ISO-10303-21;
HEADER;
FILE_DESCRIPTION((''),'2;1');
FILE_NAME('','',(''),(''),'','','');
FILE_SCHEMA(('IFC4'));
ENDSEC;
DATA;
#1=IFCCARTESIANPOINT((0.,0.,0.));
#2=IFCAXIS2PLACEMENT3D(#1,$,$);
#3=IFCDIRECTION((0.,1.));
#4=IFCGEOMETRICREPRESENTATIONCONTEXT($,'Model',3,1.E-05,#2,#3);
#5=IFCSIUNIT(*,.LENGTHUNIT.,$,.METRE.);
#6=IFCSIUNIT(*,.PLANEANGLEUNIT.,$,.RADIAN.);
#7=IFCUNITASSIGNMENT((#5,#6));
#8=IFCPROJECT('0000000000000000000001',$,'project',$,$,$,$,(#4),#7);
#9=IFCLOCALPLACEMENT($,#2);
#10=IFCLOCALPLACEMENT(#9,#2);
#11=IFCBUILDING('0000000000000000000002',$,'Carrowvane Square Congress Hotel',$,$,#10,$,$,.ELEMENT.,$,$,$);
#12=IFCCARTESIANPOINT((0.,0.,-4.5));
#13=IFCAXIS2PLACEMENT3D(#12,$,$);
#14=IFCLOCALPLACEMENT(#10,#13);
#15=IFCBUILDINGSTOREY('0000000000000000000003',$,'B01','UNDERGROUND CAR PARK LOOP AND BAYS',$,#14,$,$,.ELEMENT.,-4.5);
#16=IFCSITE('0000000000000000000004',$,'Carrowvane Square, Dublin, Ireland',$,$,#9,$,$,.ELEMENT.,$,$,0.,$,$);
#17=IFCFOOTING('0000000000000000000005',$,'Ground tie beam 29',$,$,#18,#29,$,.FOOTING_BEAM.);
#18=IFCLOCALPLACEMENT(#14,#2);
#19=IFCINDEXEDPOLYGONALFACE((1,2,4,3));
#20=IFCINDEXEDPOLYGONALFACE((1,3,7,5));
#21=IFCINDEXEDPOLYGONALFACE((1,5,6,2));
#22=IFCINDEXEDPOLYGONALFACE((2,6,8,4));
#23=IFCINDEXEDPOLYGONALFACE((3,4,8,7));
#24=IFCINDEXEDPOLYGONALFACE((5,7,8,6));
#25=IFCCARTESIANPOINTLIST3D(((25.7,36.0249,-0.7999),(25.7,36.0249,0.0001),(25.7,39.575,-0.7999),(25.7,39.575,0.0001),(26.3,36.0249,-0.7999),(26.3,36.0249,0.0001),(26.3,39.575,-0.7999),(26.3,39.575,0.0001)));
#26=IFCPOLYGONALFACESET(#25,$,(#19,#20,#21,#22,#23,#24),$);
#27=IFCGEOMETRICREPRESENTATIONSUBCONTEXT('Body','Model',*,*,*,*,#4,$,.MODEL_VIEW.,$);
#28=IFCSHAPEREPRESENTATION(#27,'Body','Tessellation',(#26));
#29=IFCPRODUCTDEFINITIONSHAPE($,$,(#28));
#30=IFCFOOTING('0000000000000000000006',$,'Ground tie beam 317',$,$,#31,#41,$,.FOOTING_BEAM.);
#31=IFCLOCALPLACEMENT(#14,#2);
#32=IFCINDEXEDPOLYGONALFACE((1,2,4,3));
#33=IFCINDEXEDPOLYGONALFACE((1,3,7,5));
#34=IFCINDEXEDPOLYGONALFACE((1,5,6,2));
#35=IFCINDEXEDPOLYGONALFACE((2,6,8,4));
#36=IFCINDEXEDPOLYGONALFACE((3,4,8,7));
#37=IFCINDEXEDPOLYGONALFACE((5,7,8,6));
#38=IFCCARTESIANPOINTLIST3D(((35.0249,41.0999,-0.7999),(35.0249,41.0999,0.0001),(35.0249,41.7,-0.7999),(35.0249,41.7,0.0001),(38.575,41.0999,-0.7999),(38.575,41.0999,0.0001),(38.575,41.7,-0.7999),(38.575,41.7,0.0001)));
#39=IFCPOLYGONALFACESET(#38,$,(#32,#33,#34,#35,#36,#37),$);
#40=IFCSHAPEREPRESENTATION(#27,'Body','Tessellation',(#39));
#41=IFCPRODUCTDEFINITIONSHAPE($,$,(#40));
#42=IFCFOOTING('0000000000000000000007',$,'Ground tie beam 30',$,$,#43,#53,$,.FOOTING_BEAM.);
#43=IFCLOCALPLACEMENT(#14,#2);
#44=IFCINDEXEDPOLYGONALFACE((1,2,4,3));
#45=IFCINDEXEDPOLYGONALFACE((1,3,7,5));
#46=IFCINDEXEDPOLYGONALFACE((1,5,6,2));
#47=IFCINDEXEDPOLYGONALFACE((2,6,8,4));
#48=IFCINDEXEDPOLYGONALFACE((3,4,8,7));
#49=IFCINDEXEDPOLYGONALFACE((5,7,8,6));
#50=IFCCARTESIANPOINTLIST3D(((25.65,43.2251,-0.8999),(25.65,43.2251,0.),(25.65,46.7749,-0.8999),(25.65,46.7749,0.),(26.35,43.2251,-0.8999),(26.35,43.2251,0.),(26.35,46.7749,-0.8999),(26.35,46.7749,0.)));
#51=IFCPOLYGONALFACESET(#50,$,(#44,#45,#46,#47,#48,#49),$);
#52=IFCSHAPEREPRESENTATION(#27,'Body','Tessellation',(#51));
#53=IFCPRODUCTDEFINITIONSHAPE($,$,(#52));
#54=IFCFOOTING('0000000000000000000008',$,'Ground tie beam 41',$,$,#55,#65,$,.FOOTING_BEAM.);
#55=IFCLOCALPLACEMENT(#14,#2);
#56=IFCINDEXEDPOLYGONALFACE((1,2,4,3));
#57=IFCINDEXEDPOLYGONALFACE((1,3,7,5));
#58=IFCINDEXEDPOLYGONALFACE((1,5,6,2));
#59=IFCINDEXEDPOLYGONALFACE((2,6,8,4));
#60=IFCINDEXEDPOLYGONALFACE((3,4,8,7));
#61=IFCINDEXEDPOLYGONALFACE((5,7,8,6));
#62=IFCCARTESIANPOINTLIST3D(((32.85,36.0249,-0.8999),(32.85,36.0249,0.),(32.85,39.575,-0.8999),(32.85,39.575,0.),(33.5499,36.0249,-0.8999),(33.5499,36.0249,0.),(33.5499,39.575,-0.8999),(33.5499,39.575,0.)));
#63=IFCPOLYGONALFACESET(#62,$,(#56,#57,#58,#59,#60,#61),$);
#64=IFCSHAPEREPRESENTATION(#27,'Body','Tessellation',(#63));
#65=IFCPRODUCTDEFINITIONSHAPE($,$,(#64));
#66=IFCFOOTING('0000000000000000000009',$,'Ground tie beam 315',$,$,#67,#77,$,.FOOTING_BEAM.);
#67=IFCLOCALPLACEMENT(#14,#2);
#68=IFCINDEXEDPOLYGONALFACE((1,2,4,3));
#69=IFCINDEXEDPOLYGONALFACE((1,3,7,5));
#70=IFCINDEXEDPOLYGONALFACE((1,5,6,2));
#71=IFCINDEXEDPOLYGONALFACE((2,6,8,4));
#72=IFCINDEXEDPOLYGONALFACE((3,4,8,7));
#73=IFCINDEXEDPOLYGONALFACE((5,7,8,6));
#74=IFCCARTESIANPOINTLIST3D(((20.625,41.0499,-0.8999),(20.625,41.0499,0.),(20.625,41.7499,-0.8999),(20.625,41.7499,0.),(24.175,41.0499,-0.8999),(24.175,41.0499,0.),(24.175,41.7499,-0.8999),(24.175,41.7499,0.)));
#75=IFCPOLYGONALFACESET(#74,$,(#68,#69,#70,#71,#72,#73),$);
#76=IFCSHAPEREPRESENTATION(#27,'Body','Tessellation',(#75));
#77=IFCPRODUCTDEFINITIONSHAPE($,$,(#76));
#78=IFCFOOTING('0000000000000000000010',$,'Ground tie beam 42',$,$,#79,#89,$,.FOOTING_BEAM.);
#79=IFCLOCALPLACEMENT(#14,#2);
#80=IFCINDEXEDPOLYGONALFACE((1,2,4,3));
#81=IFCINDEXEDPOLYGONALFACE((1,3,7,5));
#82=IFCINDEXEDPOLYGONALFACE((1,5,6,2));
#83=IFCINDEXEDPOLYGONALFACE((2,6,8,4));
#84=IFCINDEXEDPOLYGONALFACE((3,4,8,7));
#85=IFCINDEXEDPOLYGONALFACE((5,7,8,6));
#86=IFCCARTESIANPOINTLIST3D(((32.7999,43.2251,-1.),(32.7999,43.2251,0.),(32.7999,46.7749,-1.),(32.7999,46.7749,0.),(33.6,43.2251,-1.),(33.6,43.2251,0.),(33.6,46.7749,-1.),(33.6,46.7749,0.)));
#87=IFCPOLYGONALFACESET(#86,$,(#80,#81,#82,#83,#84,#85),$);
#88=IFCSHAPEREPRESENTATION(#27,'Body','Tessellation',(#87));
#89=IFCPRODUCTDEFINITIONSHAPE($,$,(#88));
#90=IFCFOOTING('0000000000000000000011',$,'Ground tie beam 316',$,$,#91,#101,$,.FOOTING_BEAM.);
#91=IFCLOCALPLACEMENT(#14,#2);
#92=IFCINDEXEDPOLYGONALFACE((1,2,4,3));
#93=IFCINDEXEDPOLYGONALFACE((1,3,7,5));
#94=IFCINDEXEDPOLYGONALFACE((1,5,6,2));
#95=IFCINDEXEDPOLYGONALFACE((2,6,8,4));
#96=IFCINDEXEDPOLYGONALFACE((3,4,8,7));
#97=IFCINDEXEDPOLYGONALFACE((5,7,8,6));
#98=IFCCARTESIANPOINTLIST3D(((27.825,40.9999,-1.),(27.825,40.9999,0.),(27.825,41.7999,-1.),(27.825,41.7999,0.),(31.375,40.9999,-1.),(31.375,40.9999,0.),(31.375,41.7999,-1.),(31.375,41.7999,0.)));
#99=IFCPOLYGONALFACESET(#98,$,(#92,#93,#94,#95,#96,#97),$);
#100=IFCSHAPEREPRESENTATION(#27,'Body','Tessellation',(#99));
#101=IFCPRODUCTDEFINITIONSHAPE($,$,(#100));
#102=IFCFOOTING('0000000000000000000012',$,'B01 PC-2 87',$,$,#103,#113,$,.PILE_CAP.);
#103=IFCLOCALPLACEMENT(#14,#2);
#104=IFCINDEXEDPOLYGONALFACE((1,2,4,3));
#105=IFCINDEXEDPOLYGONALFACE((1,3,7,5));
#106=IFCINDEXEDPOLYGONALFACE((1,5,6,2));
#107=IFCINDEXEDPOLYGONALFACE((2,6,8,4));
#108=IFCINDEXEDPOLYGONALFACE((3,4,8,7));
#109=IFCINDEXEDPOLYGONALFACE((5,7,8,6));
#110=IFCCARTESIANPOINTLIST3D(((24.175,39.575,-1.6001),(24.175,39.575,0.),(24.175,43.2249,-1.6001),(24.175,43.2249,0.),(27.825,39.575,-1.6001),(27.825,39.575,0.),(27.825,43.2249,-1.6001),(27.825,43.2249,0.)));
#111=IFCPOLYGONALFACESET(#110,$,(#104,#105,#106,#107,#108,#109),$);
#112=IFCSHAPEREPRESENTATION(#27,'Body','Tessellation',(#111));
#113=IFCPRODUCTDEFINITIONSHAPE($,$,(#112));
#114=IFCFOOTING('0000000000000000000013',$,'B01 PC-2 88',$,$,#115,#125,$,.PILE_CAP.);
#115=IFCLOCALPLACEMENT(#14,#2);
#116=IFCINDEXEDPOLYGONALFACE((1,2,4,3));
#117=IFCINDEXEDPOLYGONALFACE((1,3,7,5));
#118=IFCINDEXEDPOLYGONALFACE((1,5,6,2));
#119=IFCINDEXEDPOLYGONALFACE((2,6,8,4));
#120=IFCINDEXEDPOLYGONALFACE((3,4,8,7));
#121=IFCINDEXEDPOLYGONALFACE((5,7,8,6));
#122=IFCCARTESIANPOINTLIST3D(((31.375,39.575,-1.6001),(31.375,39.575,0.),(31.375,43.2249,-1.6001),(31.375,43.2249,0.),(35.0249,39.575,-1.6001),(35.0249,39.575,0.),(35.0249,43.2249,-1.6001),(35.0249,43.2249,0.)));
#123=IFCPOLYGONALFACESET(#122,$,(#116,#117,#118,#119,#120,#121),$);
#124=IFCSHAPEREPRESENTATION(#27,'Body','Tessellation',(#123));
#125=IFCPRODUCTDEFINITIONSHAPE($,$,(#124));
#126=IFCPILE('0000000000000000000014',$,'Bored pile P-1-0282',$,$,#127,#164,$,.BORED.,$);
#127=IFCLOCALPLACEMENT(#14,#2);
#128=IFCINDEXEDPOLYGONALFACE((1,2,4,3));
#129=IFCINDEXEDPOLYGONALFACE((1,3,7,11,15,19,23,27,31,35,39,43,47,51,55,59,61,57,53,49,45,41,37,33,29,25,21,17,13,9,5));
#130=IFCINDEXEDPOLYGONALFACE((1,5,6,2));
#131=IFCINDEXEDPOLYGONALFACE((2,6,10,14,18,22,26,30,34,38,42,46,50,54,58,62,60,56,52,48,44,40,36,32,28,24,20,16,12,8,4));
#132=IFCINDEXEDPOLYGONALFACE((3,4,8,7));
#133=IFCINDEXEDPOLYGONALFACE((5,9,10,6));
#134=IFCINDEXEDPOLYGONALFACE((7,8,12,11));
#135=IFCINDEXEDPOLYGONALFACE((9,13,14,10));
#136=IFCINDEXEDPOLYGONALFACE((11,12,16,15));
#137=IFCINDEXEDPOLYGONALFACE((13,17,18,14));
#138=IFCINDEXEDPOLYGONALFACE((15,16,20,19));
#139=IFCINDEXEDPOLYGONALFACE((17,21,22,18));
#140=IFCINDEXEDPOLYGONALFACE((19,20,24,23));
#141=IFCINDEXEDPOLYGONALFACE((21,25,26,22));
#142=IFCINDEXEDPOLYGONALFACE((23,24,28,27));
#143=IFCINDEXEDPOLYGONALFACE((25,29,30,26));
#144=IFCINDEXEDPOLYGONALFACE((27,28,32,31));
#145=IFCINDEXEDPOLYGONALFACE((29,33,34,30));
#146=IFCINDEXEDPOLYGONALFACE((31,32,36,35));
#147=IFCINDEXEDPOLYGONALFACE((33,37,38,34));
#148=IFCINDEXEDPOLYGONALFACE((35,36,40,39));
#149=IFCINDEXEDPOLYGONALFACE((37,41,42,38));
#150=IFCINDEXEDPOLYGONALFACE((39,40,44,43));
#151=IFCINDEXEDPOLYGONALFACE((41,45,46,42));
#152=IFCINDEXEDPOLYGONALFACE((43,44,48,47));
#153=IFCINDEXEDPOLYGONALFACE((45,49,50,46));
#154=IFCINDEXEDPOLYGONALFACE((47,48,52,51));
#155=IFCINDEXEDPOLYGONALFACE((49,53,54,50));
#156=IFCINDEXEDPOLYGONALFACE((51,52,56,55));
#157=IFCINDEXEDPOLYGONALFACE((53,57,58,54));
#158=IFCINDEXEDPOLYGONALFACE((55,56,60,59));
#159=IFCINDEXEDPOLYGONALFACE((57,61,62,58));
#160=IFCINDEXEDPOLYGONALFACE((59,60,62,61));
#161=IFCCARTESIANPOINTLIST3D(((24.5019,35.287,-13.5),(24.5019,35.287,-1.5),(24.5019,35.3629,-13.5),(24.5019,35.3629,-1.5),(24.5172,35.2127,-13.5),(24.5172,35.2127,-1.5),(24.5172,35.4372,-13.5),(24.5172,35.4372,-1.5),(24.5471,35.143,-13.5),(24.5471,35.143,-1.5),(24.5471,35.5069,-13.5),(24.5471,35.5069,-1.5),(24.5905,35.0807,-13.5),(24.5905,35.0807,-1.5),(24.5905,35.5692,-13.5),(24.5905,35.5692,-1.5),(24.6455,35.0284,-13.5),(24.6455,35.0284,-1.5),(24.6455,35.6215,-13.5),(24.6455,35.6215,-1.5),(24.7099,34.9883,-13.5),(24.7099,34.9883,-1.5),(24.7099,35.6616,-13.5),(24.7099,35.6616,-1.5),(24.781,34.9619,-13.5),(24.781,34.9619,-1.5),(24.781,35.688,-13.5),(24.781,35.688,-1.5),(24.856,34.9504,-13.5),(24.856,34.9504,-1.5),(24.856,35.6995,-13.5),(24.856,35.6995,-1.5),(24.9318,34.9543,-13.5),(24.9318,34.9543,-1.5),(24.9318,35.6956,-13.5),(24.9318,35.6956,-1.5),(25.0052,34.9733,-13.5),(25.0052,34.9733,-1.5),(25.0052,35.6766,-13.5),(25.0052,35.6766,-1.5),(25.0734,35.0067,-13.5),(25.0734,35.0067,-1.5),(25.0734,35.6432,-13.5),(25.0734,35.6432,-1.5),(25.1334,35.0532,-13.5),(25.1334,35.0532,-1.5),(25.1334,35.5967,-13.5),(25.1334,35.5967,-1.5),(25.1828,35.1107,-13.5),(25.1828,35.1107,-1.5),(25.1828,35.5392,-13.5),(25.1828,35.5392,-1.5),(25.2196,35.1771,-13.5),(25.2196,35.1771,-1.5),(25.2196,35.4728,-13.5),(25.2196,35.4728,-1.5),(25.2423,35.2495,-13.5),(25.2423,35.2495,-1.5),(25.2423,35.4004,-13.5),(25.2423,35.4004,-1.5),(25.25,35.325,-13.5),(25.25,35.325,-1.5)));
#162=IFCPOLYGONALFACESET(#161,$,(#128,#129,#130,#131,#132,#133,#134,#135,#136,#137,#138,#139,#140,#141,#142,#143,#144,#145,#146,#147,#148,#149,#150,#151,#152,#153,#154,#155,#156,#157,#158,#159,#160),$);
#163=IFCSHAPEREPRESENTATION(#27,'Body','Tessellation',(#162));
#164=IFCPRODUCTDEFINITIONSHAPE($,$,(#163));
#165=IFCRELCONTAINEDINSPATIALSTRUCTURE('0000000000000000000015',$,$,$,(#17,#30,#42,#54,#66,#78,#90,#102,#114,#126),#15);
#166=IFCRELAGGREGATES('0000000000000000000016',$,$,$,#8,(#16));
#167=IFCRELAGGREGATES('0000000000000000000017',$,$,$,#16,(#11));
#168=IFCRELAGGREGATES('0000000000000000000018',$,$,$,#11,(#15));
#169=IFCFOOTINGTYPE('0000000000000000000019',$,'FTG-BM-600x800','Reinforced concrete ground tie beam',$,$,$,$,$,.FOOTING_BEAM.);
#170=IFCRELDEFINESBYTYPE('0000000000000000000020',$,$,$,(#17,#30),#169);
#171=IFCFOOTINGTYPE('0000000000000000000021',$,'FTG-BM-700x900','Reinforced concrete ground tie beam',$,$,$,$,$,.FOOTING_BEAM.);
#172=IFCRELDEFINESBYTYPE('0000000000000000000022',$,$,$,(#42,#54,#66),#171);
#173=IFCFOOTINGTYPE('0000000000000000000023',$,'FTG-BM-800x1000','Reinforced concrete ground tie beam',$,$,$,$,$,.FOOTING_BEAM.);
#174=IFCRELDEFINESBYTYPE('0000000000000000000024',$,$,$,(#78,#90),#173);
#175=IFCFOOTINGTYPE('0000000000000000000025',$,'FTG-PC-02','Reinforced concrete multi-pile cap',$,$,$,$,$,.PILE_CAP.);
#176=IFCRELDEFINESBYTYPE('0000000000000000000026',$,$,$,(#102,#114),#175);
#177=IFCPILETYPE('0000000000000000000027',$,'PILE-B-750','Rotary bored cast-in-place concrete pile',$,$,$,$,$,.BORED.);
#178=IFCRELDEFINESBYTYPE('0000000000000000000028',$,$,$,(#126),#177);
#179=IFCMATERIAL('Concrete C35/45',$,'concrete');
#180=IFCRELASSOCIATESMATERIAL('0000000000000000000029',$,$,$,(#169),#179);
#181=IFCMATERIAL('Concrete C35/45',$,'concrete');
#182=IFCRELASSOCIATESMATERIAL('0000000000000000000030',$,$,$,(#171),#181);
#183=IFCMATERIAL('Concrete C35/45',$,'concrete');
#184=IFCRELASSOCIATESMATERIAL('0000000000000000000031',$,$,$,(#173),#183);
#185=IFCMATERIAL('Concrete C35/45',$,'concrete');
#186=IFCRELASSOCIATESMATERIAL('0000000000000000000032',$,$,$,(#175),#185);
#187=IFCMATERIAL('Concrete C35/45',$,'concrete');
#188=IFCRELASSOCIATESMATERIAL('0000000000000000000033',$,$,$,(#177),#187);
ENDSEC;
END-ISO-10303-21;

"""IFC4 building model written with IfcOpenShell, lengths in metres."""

from ifc_helpers import new_model, si_unit, direction, frame, origin, origin_2d, place, context, subcontext, project, spatial, rectangle, circle, extrude, material, material_profile, profile_set, type_object, element, save


model = new_model("IFC4")

# Units and contexts
model_context = context("Model", 3, precision=1e-05, world=origin(), true_north=direction((0.0, 1.0)))
body_context = subcontext(model_context, "Body", "Model", "MODEL_VIEW")
ifc_project = project(units=[si_unit("LENGTHUNIT", "METRE"), si_unit("PLANEANGLEUNIT", "RADIAN")], contexts=[model_context])

# Site, building, storey
site_placement = place(None, origin())
site = spatial("IfcSite", under=ifc_project, at=site_placement, Name="Carrowvane Square, Dublin, Ireland", CompositionType="ELEMENT", RefElevation=0.0)
building_placement = place(site_placement, origin())
building = spatial("IfcBuilding", under=site, at=building_placement, Name="Carrowvane Square Congress Hotel", CompositionType="ELEMENT")
storey_placement = place(building_placement, frame((0.0, 0.0, -4.5)))
storey = spatial("IfcBuildingStorey", under=building, at=storey_placement, Name="B01", Description="UNDERGROUND CAR PARK LOOP AND BAYS", CompositionType="ELEMENT", Elevation=-4.5)

# Footings
ifc_material_1 = material(Name="Concrete C35/45", Category="concrete")
ifc_material_profile_1 = material_profile(ifc_material_1, rectangle(XDim=0.6001, YDim=0.8, at=origin_2d()), Name="RC 600x800")
ifc_profile_set_1 = profile_set([ifc_material_profile_1], Name="Concrete C35/45")
footing_type_1 = type_object("IfcFootingType", Name="FTG-BM-600x800", Description="Reinforced concrete ground tie beam", PredefinedType="FOOTING_BEAM", material=ifc_profile_set_1)
for number, where, z_axis, x_axis, name in (
    (1, (26.0, 36.0249, -0.3999), (0.0, 1.0, 0.0), (-1.0, 0.0, 0.0), "Ground tie beam 29"),
    (2, (35.0249, 41.3999, -0.3999), (1.0, 0.0, 0.0), (0.0, 1.0, 0.0), "Ground tie beam 317"),
):
    element("IfcFooting", number, at=place(storey_placement, frame(where, z_axis=z_axis, x_axis=x_axis)), inside=storey, type_object=footing_type_1, Name=name, PredefinedType="FOOTING_BEAM", context=body_context, shape_type="SweptSolid", body=[
        extrude(rectangle(XDim=0.6001, YDim=0.8, at=origin_2d()), origin(), (0.0, 0.0, 1.0), 3.55),
    ])
ifc_material_2 = material(Name="Concrete C35/45", Category="concrete")
ifc_material_profile_2 = material_profile(ifc_material_2, rectangle(XDim=0.7, YDim=0.8999, at=origin_2d()), Name="RC 700x900")
ifc_profile_set_2 = profile_set([ifc_material_profile_2], Name="Concrete C35/45")
footing_type_2 = type_object("IfcFootingType", Name="FTG-BM-700x900", Description="Reinforced concrete ground tie beam", PredefinedType="FOOTING_BEAM", material=ifc_profile_set_2)
footing_1_placement = place(storey_placement, frame((26.0, 43.2251, -0.45), z_axis=(0.0, 1.0, 0.0), x_axis=(-1.0, 0.0, 0.0)))
element("IfcFooting", 3, at=footing_1_placement, inside=storey, type_object=footing_type_2, Name="Ground tie beam 30", PredefinedType="FOOTING_BEAM", context=body_context, shape_type="SweptSolid", body=[
    extrude(rectangle(XDim=0.7, YDim=0.8999, at=origin_2d()), origin(), (0.0, 0.0, 1.0), 3.5498),
])
for number, where, z_axis, x_axis, name in (
    (4, (33.2, 36.0249, -0.45), (0.0, 1.0, 0.0), (-1.0, 0.0, 0.0), "Ground tie beam 41"),
    (5, (20.625, 41.3999, -0.45), (1.0, 0.0, 0.0), (0.0, 1.0, 0.0), "Ground tie beam 315"),
):
    element("IfcFooting", number, at=place(storey_placement, frame(where, z_axis=z_axis, x_axis=x_axis)), inside=storey, type_object=footing_type_2, Name=name, PredefinedType="FOOTING_BEAM", context=body_context, shape_type="SweptSolid", body=[
        extrude(rectangle(XDim=0.7, YDim=0.8999, at=origin_2d()), origin(), (0.0, 0.0, 1.0), 3.55),
    ])
ifc_material_3 = material(Name="Concrete C35/45", Category="concrete")
ifc_material_profile_3 = material_profile(ifc_material_3, rectangle(XDim=0.8, YDim=1.0, at=origin_2d()), Name="RC 800x1000")
ifc_profile_set_3 = profile_set([ifc_material_profile_3], Name="Concrete C35/45")
footing_type_3 = type_object("IfcFootingType", Name="FTG-BM-800x1000", Description="Reinforced concrete ground tie beam", PredefinedType="FOOTING_BEAM", material=ifc_profile_set_3)
footing_2_placement = place(storey_placement, frame((33.2, 43.2251, -0.5), z_axis=(0.0, 1.0, 0.0), x_axis=(-1.0, 0.0, 0.0)))
element("IfcFooting", 6, at=footing_2_placement, inside=storey, type_object=footing_type_3, Name="Ground tie beam 42", PredefinedType="FOOTING_BEAM", context=body_context, shape_type="SweptSolid", body=[
    extrude(rectangle(XDim=0.8, YDim=1.0, at=origin_2d()), origin(), (0.0, 0.0, 1.0), 3.5498),
])
footing_3_placement = place(storey_placement, frame((27.825, 41.3999, -0.5), z_axis=(1.0, 0.0, 0.0), x_axis=(0.0, 1.0, 0.0)))
element("IfcFooting", 7, at=footing_3_placement, inside=storey, type_object=footing_type_3, Name="Ground tie beam 316", PredefinedType="FOOTING_BEAM", context=body_context, shape_type="SweptSolid", body=[
    extrude(rectangle(XDim=0.8, YDim=1.0, at=origin_2d()), origin(), (0.0, 0.0, 1.0), 3.55),
])
ifc_material_4 = material(Name="Concrete C35/45", Category="concrete")
footing_type_4 = type_object("IfcFootingType", Name="FTG-PC-02", Description="Reinforced concrete multi-pile cap", PredefinedType="PILE_CAP", material=ifc_material_4)
for number, where, z_axis, x_axis, name in (
    (8, (26.0, 41.3999, -1.6001), (0.0, 0.0, 1.0), (1.0, 0.0, 0.0), "B01 PC-2 87"),
    (9, (33.2, 41.3999, -1.6001), (0.0, 0.0, 1.0), (1.0, 0.0, 0.0), "B01 PC-2 88"),
):
    element("IfcFooting", number, at=place(storey_placement, frame(where, z_axis=z_axis, x_axis=x_axis)), inside=storey, type_object=footing_type_4, Name=name, PredefinedType="PILE_CAP", context=body_context, shape_type="SweptSolid", body=[
        extrude(rectangle(XDim=3.6499, YDim=3.6499, at=origin_2d()), origin(), (0.0, 0.0, 1.0), 1.6001),
    ])

# Pile
ifc_material_5 = material(Name="Concrete C35/45", Category="concrete")
ifc_material_profile_4 = material_profile(ifc_material_5, circle(Radius=0.375, at=origin_2d()), Name="PILE D750")
ifc_profile_set_4 = profile_set([ifc_material_profile_4], Name="Concrete C35/45")
pile_type = type_object("IfcPileType", Name="PILE-B-750", Description="Rotary bored cast-in-place concrete pile", PredefinedType="BORED", material=ifc_profile_set_4)
for number, where, z_axis, x_axis, name in (
    (10, (24.875, 35.325, -1.5), (0.0, 0.0, -1.0), (1.0, 0.0, 0.0), "Bored pile P-1-0282"),
):
    element("IfcPile", number, at=place(storey_placement, frame(where, z_axis=z_axis, x_axis=x_axis)), inside=storey, type_object=pile_type, Name=name, PredefinedType="BORED", context=body_context, shape_type="SweptSolid", body=[
        extrude(circle(Radius=0.375, at=origin_2d()), origin(), (0.0, 0.0, 1.0), 12.0),
    ])

save(model, "model.ifc")
